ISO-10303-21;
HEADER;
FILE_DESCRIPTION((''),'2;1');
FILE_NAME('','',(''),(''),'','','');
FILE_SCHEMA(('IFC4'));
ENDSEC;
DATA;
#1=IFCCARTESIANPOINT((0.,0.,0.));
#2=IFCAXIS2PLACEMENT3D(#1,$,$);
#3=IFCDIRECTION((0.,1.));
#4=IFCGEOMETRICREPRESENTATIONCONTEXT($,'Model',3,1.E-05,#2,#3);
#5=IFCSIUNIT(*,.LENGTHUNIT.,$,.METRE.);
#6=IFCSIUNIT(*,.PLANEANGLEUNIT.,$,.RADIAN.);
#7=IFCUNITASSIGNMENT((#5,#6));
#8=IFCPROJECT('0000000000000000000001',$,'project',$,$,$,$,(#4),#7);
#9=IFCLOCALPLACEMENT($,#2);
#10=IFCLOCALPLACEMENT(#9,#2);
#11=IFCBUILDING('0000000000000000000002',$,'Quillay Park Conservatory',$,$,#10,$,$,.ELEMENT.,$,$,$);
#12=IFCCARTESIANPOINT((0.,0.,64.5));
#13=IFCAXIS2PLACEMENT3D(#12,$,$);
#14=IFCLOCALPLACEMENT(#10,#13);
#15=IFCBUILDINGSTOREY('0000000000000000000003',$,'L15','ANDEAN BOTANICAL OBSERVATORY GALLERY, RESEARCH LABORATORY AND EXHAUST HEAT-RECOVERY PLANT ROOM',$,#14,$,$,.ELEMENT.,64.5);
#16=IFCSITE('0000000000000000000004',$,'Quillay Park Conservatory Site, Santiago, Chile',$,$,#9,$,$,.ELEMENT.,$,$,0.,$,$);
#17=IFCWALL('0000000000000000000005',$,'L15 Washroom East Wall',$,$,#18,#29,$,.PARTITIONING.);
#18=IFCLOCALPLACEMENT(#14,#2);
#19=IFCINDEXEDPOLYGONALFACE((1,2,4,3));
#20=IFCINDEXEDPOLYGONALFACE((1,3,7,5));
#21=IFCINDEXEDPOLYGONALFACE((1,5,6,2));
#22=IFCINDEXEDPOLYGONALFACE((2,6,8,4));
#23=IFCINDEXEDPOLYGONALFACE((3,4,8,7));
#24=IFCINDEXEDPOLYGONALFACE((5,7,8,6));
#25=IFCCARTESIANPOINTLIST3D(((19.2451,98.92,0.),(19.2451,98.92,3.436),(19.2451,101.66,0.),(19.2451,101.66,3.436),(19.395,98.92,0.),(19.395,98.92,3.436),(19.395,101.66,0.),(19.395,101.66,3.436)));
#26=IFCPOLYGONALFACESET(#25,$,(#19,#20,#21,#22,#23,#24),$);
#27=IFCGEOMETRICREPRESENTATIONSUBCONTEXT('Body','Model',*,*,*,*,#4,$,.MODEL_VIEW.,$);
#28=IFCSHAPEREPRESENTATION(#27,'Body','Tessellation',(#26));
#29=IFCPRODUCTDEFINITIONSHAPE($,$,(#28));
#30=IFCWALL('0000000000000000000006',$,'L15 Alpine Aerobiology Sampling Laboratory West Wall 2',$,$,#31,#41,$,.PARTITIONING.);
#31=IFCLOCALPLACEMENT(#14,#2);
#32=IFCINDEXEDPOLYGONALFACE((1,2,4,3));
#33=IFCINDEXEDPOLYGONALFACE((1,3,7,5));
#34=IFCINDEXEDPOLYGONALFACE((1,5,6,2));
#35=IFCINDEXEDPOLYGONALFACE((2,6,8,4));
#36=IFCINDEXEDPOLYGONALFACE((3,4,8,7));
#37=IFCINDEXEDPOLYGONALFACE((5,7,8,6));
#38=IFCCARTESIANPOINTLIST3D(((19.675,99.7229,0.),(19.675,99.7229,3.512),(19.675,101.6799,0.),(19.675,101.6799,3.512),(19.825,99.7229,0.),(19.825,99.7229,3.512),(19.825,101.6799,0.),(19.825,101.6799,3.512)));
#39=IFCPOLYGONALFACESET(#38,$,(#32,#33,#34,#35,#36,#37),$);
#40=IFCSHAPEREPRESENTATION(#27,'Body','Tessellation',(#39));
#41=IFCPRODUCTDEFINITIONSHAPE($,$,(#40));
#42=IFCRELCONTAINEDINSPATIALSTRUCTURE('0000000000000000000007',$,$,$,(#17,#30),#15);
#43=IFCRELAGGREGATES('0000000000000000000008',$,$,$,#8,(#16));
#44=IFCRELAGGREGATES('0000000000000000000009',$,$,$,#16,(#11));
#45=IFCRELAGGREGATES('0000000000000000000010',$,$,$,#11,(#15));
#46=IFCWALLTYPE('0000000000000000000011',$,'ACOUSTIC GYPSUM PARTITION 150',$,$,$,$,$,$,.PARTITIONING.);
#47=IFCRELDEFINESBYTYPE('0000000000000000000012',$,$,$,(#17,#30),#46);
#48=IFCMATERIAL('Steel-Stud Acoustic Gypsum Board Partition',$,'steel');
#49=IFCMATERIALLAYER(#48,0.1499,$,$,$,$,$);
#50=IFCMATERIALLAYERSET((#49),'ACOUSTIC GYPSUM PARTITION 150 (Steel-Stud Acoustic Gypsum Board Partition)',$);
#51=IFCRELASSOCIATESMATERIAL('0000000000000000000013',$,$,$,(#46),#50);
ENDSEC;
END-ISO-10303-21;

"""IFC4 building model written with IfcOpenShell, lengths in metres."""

from ifc_helpers import new_model, si_unit, direction, frame, frame_2d, origin, place, context, subcontext, project, spatial, rectangle, extrude, material, layer, layer_set, type_object, element, save


model = new_model("IFC4")

# Units and contexts
model_context = context("Model", 3, precision=1e-05, world=origin(), true_north=direction((0.0, 1.0)))
body_context = subcontext(model_context, "Body", "Model", "MODEL_VIEW")
ifc_project = project(units=[si_unit("LENGTHUNIT", "METRE"), si_unit("PLANEANGLEUNIT", "RADIAN")], contexts=[model_context])

# Site, building, storey
site_placement = place(None, origin())
site = spatial("IfcSite", under=ifc_project, at=site_placement, Name="Quillay Park Conservatory Site, Santiago, Chile", CompositionType="ELEMENT", RefElevation=0.0)
building_placement = place(site_placement, origin())
building = spatial("IfcBuilding", under=site, at=building_placement, Name="Quillay Park Conservatory", CompositionType="ELEMENT")
storey_placement = place(building_placement, frame((0.0, 0.0, 64.5)))
storey = spatial("IfcBuildingStorey", under=building, at=storey_placement, Name="L15", Description="ANDEAN BOTANICAL OBSERVATORY GALLERY, RESEARCH LABORATORY AND EXHAUST HEAT-RECOVERY PLANT ROOM", CompositionType="ELEMENT", Elevation=64.5)

# Walls
ifc_material_1 = material(Name="Steel-Stud Acoustic Gypsum Board Partition", Category="steel")
ifc_layer_1 = layer(ifc_material_1, 0.1499)
ifc_layer_set_1 = layer_set([ifc_layer_1], Name="ACOUSTIC GYPSUM PARTITION 150 (Steel-Stud Acoustic Gypsum Board Partition)")
wall_type_1 = type_object("IfcWallType", Name="ACOUSTIC GYPSUM PARTITION 150", PredefinedType="PARTITIONING", material=ifc_layer_set_1)
wall_1_placement = place(storey_placement, frame((19.3201, 98.9199, 0.0), z_axis=(0.0, 0.0, 1.0), x_axis=(0.0, 1.0, 0.0)))
element("IfcWall", 1, at=wall_1_placement, inside=storey, type_object=wall_type_1, Name="L15 Washroom East Wall", PredefinedType="PARTITIONING", context=body_context, shape_type="SweptSolid", body=[
    extrude(rectangle(XDim=2.74, YDim=0.1499, at=frame_2d((1.3701, 0.0))), origin(), (0.0, 0.0, 1.0), 3.436),
])
wall_2_placement = place(storey_placement, frame((19.75, 99.7229, 0.0), z_axis=(0.0, 0.0, 1.0), x_axis=(0.0, 1.0, 0.0)))
element("IfcWall", 2, at=wall_2_placement, inside=storey, type_object=wall_type_1, Name="L15 Alpine Aerobiology Sampling Laboratory West Wall 2", PredefinedType="PARTITIONING", context=body_context, shape_type="SweptSolid", body=[
    extrude(rectangle(XDim=1.957, YDim=0.1499, at=frame_2d((0.9785, 0.0))), origin(), (0.0, 0.0, 1.0), 3.512),
])

save(model, "model.ifc")
